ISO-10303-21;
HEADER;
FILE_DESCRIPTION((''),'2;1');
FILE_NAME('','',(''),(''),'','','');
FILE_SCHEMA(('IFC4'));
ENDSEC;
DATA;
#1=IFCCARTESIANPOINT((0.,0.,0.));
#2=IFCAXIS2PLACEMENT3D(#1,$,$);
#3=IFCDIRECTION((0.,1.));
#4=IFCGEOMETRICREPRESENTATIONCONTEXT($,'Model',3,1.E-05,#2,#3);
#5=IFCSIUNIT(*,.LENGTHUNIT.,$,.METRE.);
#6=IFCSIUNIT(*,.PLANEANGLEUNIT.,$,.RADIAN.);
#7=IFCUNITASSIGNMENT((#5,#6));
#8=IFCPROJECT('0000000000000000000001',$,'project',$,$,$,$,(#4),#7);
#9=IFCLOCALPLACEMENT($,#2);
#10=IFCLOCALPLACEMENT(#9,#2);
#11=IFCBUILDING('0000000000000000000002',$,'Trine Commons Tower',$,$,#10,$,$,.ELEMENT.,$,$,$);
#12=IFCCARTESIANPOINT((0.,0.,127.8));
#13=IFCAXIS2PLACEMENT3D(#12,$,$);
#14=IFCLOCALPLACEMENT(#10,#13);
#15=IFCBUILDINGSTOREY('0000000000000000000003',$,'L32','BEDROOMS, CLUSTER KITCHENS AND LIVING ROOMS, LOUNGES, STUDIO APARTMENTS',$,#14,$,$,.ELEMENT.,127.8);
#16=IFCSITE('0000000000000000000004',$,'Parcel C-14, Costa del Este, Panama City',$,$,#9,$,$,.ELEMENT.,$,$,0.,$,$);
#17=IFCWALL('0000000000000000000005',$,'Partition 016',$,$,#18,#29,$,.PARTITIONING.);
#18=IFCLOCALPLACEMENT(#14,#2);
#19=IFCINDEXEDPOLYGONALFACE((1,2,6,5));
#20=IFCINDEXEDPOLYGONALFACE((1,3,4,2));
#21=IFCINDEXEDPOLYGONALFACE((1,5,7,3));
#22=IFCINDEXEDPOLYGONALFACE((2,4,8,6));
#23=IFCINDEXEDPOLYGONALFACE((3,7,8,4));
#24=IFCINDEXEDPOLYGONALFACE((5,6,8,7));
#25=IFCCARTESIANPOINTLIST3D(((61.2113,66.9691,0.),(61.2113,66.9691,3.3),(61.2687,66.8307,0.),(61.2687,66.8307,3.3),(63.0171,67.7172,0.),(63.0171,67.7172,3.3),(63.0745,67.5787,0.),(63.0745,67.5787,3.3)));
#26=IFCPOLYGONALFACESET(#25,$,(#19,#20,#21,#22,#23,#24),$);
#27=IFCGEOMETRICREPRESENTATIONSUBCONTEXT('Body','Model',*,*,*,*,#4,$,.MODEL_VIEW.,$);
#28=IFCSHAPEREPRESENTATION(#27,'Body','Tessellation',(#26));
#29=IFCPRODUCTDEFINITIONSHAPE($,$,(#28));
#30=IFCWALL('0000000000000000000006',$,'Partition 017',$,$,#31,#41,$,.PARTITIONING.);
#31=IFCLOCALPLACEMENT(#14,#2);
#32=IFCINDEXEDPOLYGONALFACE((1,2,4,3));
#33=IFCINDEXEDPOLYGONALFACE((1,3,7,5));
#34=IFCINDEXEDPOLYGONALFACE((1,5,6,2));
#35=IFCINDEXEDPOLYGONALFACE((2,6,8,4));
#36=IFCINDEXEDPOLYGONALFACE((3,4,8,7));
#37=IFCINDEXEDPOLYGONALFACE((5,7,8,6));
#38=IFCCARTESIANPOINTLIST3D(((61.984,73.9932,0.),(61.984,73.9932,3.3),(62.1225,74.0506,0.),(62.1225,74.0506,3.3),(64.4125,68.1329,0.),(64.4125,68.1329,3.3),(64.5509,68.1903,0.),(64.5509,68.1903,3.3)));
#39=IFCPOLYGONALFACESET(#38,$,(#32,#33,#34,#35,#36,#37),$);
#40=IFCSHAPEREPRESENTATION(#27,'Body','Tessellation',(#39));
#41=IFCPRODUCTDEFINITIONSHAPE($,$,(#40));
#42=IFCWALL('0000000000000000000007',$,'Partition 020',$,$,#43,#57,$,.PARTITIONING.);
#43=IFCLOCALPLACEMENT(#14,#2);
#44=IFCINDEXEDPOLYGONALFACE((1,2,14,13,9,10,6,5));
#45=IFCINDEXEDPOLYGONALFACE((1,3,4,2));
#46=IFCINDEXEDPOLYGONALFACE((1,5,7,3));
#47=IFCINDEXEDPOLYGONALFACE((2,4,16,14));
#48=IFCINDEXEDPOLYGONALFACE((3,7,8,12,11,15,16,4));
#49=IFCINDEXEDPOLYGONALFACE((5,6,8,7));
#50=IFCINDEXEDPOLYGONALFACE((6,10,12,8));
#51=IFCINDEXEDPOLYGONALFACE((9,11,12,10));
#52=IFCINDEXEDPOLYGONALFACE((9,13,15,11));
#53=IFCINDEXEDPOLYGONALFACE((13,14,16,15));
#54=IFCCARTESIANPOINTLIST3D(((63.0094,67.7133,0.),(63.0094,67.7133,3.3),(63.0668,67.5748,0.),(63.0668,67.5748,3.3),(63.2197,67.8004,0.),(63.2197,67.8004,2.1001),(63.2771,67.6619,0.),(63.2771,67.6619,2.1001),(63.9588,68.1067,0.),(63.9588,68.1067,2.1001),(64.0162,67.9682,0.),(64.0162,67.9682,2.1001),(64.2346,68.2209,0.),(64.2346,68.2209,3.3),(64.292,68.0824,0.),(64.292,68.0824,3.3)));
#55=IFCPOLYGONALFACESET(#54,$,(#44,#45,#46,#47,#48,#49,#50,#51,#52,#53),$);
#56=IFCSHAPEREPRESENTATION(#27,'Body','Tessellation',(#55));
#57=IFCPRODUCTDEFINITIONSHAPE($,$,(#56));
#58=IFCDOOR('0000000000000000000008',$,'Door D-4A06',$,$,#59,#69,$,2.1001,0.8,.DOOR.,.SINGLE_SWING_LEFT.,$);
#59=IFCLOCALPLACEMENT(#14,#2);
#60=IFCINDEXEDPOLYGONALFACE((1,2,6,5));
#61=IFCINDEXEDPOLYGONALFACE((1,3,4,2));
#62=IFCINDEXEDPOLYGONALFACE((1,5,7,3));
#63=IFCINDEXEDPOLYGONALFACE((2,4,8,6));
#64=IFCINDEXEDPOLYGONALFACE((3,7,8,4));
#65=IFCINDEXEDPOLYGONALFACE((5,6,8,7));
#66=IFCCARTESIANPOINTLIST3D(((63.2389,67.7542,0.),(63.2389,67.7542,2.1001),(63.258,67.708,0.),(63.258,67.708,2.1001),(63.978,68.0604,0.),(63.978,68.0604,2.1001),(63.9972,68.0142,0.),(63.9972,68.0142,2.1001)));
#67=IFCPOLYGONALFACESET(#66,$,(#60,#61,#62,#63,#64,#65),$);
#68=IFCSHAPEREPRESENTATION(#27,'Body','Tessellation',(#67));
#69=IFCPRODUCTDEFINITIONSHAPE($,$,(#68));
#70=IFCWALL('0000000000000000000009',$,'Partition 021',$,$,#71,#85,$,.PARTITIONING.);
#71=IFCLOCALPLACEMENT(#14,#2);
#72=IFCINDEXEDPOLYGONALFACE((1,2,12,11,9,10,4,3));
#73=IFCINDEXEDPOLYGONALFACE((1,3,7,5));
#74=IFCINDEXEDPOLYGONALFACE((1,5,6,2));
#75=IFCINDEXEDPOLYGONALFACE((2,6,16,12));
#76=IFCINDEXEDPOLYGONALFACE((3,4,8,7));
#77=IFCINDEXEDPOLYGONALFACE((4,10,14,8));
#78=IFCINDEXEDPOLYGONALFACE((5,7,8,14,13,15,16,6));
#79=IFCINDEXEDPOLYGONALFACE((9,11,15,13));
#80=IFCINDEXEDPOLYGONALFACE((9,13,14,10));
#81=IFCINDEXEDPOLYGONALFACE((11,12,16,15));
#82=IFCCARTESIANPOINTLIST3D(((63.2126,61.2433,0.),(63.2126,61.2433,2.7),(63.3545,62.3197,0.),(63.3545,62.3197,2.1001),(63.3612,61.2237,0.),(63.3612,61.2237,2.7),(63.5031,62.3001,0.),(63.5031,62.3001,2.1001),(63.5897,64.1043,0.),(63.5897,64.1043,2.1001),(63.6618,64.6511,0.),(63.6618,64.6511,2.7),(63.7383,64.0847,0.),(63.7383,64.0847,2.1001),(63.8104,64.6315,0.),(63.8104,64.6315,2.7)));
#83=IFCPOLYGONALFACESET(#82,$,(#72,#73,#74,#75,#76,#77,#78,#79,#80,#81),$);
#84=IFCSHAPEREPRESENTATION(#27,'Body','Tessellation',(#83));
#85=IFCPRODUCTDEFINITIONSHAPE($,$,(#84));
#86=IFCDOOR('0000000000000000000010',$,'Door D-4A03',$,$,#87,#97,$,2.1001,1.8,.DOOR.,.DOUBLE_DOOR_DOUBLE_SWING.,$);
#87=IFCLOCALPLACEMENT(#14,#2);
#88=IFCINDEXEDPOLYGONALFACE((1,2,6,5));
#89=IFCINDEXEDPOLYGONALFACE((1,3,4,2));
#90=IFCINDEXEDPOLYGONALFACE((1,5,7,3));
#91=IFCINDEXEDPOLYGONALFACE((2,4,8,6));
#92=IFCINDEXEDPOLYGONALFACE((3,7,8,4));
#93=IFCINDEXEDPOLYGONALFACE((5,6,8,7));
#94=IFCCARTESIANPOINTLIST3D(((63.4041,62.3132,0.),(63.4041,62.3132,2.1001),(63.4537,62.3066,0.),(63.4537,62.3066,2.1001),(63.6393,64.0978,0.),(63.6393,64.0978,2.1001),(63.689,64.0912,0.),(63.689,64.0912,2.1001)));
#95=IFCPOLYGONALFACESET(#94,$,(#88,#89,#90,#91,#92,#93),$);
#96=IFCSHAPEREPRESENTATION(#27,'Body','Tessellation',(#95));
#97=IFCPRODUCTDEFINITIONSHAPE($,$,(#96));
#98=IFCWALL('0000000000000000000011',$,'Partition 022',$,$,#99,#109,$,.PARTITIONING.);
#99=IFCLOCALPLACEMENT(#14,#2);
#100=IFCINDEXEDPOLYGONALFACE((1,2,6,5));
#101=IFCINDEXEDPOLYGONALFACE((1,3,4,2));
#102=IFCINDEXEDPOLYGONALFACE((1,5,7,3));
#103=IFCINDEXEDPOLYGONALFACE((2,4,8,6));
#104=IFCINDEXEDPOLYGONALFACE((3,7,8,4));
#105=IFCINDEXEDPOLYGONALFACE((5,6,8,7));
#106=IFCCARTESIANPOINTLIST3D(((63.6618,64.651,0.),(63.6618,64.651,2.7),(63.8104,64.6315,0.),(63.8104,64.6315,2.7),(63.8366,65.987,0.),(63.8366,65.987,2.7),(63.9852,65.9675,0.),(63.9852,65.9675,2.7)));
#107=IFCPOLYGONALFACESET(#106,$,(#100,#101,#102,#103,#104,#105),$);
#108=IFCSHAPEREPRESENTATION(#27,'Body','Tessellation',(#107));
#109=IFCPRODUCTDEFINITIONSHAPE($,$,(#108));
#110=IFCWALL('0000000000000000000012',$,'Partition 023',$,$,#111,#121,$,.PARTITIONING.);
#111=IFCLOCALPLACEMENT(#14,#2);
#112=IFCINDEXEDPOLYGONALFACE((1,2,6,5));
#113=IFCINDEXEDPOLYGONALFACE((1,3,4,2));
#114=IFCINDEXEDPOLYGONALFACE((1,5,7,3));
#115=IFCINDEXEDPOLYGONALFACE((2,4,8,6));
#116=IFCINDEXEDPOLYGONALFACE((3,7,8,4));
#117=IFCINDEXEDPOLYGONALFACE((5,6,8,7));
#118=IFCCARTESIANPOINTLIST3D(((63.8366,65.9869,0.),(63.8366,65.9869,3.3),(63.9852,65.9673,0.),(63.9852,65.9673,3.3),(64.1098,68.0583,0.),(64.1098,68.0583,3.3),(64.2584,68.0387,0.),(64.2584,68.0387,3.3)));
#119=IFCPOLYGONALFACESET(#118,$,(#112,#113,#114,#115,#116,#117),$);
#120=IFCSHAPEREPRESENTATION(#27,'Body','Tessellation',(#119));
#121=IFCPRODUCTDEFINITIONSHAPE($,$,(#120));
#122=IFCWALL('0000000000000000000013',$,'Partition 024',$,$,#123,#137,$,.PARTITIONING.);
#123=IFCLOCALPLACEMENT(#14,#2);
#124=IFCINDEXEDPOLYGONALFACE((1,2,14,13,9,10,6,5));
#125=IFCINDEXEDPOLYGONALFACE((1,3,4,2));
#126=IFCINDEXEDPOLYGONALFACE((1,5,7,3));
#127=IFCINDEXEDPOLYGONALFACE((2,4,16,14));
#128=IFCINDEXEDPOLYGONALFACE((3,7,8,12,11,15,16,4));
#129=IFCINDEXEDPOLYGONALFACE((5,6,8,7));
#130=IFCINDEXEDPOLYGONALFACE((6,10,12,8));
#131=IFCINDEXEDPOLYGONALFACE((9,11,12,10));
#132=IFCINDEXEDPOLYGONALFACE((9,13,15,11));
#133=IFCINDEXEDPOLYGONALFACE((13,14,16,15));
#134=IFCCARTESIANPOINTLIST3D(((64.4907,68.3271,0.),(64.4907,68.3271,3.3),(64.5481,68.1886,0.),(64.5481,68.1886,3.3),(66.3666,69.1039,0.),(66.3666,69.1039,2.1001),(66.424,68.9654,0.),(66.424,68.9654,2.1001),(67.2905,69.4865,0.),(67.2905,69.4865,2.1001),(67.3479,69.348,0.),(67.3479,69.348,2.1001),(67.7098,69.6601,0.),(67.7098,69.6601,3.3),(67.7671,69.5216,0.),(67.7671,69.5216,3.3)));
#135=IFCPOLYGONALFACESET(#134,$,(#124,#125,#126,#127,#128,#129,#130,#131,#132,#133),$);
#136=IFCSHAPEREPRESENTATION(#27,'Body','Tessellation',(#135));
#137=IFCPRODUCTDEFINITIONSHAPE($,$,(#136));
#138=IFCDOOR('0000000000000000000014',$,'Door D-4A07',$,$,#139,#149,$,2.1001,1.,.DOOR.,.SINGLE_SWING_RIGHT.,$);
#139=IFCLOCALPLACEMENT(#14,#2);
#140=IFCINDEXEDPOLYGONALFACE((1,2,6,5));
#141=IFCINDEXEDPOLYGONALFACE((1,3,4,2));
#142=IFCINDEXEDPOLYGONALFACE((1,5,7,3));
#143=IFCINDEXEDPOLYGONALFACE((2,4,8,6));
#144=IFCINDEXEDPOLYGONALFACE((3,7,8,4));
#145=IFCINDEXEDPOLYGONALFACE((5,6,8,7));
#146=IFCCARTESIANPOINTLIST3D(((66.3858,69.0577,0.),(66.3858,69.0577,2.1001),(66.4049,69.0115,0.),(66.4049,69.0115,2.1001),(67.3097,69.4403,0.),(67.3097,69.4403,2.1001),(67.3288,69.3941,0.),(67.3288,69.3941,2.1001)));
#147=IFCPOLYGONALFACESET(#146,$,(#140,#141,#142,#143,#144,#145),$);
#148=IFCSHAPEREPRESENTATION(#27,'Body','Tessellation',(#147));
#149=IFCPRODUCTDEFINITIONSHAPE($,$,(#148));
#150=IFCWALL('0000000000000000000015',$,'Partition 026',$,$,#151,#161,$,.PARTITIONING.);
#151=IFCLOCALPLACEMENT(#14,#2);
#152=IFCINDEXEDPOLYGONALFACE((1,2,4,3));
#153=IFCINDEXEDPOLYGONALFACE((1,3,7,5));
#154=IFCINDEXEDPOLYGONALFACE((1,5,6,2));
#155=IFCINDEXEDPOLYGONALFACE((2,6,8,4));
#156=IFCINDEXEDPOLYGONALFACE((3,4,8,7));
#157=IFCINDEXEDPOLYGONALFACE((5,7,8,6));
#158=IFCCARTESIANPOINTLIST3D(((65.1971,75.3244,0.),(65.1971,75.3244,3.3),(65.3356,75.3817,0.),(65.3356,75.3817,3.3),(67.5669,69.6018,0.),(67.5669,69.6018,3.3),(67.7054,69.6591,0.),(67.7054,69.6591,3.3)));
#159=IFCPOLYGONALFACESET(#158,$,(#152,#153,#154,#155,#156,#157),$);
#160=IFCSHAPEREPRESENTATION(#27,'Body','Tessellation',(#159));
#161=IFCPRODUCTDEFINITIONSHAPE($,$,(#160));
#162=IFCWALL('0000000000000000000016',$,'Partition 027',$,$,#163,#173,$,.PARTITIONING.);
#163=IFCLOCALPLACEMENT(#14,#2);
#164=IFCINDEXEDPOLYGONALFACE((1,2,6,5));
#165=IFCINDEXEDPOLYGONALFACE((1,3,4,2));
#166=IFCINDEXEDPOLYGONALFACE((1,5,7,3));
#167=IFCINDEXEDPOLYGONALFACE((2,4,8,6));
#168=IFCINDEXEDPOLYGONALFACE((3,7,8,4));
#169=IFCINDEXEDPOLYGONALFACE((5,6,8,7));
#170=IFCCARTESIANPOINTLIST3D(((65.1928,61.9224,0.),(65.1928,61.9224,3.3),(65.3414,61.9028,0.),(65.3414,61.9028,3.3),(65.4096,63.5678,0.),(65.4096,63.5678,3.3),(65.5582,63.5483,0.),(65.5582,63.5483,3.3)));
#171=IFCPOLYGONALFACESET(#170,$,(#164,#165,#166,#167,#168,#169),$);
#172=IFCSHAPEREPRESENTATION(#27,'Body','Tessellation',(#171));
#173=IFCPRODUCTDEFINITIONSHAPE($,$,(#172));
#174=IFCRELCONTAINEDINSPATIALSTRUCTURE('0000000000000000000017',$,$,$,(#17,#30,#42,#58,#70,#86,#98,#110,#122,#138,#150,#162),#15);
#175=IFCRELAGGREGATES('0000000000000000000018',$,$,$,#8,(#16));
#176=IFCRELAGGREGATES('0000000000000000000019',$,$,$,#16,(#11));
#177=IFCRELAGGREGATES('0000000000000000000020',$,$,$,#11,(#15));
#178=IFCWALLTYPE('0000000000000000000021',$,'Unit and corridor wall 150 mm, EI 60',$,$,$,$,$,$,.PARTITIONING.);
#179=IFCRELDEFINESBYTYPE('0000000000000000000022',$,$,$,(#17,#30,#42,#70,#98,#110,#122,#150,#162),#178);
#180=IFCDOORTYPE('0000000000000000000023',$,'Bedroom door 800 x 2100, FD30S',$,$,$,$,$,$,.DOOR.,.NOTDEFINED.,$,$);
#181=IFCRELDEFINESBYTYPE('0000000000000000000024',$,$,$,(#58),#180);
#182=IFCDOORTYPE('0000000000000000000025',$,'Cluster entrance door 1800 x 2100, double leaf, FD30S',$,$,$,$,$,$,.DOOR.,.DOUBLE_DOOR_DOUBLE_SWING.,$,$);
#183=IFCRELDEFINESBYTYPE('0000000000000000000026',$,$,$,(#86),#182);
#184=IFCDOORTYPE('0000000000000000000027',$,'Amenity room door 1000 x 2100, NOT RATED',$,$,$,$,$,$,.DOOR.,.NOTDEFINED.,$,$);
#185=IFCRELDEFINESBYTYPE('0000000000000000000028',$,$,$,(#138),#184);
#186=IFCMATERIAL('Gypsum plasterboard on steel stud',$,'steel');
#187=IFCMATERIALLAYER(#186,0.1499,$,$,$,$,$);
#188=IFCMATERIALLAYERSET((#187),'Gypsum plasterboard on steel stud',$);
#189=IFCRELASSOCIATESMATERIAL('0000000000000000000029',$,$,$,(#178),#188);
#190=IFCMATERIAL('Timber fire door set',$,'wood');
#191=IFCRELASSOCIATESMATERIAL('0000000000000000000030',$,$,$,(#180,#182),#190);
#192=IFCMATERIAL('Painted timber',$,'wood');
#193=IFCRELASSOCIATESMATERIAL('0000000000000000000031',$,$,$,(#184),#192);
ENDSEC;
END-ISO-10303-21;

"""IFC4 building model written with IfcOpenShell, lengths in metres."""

from ifc_helpers import new_model, si_unit, direction, frame, frame_2d, origin, place, context, subcontext, project, spatial, rectangle, extrude, material, layer, layer_set, type_object, element, fill, save


model = new_model("IFC4")

# Units and contexts
model_context = context("Model", 3, precision=1e-05, world=origin(), true_north=direction((0.0, 1.0)))
body_context = subcontext(model_context, "Body", "Model", "MODEL_VIEW")
ifc_project = project(units=[si_unit("LENGTHUNIT", "METRE"), si_unit("PLANEANGLEUNIT", "RADIAN")], contexts=[model_context])

# Site, building, storey
site_placement = place(None, origin())
site = spatial("IfcSite", under=ifc_project, at=site_placement, Name="Parcel C-14, Costa del Este, Panama City", CompositionType="ELEMENT", RefElevation=0.0)
building_placement = place(site_placement, origin())
building = spatial("IfcBuilding", under=site, at=building_placement, Name="Trine Commons Tower", CompositionType="ELEMENT")
storey_placement = place(building_placement, frame((0.0, 0.0, 127.8)))
storey = spatial("IfcBuildingStorey", under=building, at=storey_placement, Name="L32", Description="BEDROOMS, CLUSTER KITCHENS AND LIVING ROOMS, LOUNGES, STUDIO APARTMENTS", CompositionType="ELEMENT", Elevation=127.8)

# Shared definitions
ifc_material_1 = material(Name="Gypsum plasterboard on steel stud", Category="steel")
ifc_layer_1 = layer(ifc_material_1, 0.1499)
ifc_layer_set_1 = layer_set([ifc_layer_1], Name="Gypsum plasterboard on steel stud")
wall_type_1 = type_object("IfcWallType", Name="Unit and corridor wall 150 mm, EI 60", PredefinedType="PARTITIONING", material=ifc_layer_set_1)
ifc_material_2 = material(Name="Timber fire door set", Category="wood")

# Walls
wall_1_placement = place(storey_placement, frame((61.24, 66.8999, 0.0), z_axis=(0.0, 0.0, 1.0), x_axis=(0.923877, 0.38269, 0.0)))
element("IfcWall", 1, at=wall_1_placement, inside=storey, type_object=wall_type_1, Name="Partition 016", PredefinedType="PARTITIONING", context=body_context, shape_type="SweptSolid", body=[
    extrude(rectangle(XDim=1.9546, YDim=0.1499, at=frame_2d((0.9773, 0.0))), origin(), (0.0, 0.0, 1.0), 3.3),
])
wall_2_placement = place(storey_placement, frame((62.0532, 74.022, 0.0), z_axis=(0.0, 0.0, 1.0), x_axis=(0.382822, -0.923822, 0.0)))
element("IfcWall", 2, at=wall_2_placement, inside=storey, type_object=wall_type_1, Name="Partition 017", PredefinedType="PARTITIONING", context=body_context, shape_type="SweptSolid", body=[
    extrude(rectangle(XDim=6.3435, YDim=0.1499, at=frame_2d((3.1719, 0.0))), origin(), (0.0, 0.0, 1.0), 3.3),
])

# Walls, openings, doors
wall_3_placement = place(storey_placement, frame((63.0381, 67.644, 0.0), z_axis=(0.0, 0.0, 1.0), x_axis=(0.923849, 0.382758, 0.0)))
wall_3 = element("IfcWall", 3, at=wall_3_placement, inside=storey, type_object=wall_type_1, Name="Partition 020", PredefinedType="PARTITIONING", context=body_context, shape_type="SweptSolid", body=[
    extrude(rectangle(XDim=1.3262, YDim=0.1499, at=frame_2d((0.6631, 0.0))), origin(), (0.0, 0.0, 1.0), 3.3),
])
opening_1_placement = place(wall_3_placement, frame((0.2278, 0.0, 0.0)))
opening_1 = element("IfcOpeningElement", 4, at=opening_1_placement, cuts=wall_3, PredefinedType="OPENING", context=body_context, shape_type="SweptSolid", body=[
    extrude(rectangle(XDim=0.8, YDim=2.1001, at=frame_2d((0.3999, 1.05))), frame((0.0, 0.085, 0.0), z_axis=(0.0, -1.0, 0.0), x_axis=(1.0, 0.0, 0.0)), (0.0, 0.0, 1.0), 0.1699),
])
door_type_1 = type_object("IfcDoorType", Name="Bedroom door 800 x 2100, FD30S", OperationType="NOTDEFINED", PredefinedType="DOOR", material=ifc_material_2)
door_1_placement = place(opening_1_placement, origin())
door_1 = element("IfcDoor", 5, at=door_1_placement, inside=storey, type_object=door_type_1, Name="Door D-4A06", OperationType="SINGLE_SWING_LEFT", OverallHeight=2.1001, OverallWidth=0.8, PredefinedType="DOOR", context=body_context, shape_type="SweptSolid", body=[
    extrude(rectangle(XDim=0.8, YDim=2.1001, at=frame_2d((0.3999, 1.05))), frame((0.0, 0.0249, 0.0), z_axis=(0.0, -1.0, 0.0), x_axis=(1.0, 0.0, 0.0)), (0.0, 0.0, 1.0), 0.05),
])
fill(opening_1, door_1)
wall_4_placement = place(storey_placement, frame((63.2869, 61.2334, 0.0), z_axis=(0.0, 0.0, 1.0), x_axis=(0.130693, 0.991423, 0.0)))
wall_4 = element("IfcWall", 6, at=wall_4_placement, inside=storey, type_object=wall_type_1, Name="Partition 021", PredefinedType="PARTITIONING", context=body_context, shape_type="SweptSolid", body=[
    extrude(rectangle(XDim=3.4373, YDim=0.1499, at=frame_2d((1.7188, 0.0))), origin(), (0.0, 0.0, 1.0), 2.7),
])
opening_2_placement = place(wall_4_placement, frame((1.0859, 0.0, 0.0)))
opening_2 = element("IfcOpeningElement", 7, at=opening_2_placement, cuts=wall_4, PredefinedType="OPENING", context=body_context, shape_type="SweptSolid", body=[
    extrude(rectangle(XDim=1.8, YDim=2.1001, at=frame_2d((0.8999, 1.05))), frame((0.0, 0.085, 0.0), z_axis=(0.0, -1.0, 0.0), x_axis=(1.0, 0.0, 0.0)), (0.0, 0.0, 1.0), 0.1699),
])
door_type_2 = type_object("IfcDoorType", Name="Cluster entrance door 1800 x 2100, double leaf, FD30S", OperationType="DOUBLE_DOOR_DOUBLE_SWING", PredefinedType="DOOR", material=ifc_material_2)
door_2_placement = place(opening_2_placement, origin())
door_2 = element("IfcDoor", 8, at=door_2_placement, inside=storey, type_object=door_type_2, Name="Door D-4A03", OperationType="DOUBLE_DOOR_DOUBLE_SWING", OverallHeight=2.1001, OverallWidth=1.8, PredefinedType="DOOR", context=body_context, shape_type="SweptSolid", body=[
    extrude(rectangle(XDim=1.8, YDim=2.1001, at=frame_2d((0.8999, 1.05))), frame((0.0, 0.0249, 0.0), z_axis=(0.0, -1.0, 0.0), x_axis=(1.0, 0.0, 0.0)), (0.0, 0.0, 1.0), 0.05),
])
fill(opening_2, door_2)

# Walls
wall_5_placement = place(storey_placement, frame((63.7361, 64.6411, 0.0), z_axis=(0.0, 0.0, 1.0), x_axis=(0.129742, 0.991548, 0.0)))
element("IfcWall", 9, at=wall_5_placement, inside=storey, type_object=wall_type_1, Name="Partition 022", PredefinedType="PARTITIONING", context=body_context, shape_type="SweptSolid", body=[
    extrude(rectangle(XDim=1.3474, YDim=0.1499, at=frame_2d((0.6738, 0.0))), origin(), (0.0, 0.0, 1.0), 2.7),
])
wall_6_placement = place(storey_placement, frame((63.9109, 65.9771, 0.0), z_axis=(0.0, 0.0, 1.0), x_axis=(0.130748, 0.991416, 0.0)))
element("IfcWall", 10, at=wall_6_placement, inside=storey, type_object=wall_type_1, Name="Partition 023", PredefinedType="PARTITIONING", context=body_context, shape_type="SweptSolid", body=[
    extrude(rectangle(XDim=2.0894, YDim=0.1499, at=frame_2d((1.0447, 0.0))), origin(), (0.0, 0.0, 1.0), 3.3),
])

# Wall, opening, door
wall_7_placement = place(storey_placement, frame((64.5193, 68.2578, 0.0), z_axis=(0.0, 0.0, 1.0), x_axis=(0.923914, 0.382599, 0.0)))
wall_7 = element("IfcWall", 11, at=wall_7_placement, inside=storey, type_object=wall_type_1, Name="Partition 024", PredefinedType="PARTITIONING", context=body_context, shape_type="SweptSolid", body=[
    extrude(rectangle(XDim=3.4841, YDim=0.1499, at=frame_2d((1.7422, 0.0))), origin(), (0.0, 0.0, 1.0), 3.3),
])
opening_3_placement = place(wall_7_placement, frame((2.0305, 0.0, 0.0)))
opening_3 = element("IfcOpeningElement", 12, at=opening_3_placement, cuts=wall_7, PredefinedType="OPENING", context=body_context, shape_type="SweptSolid", body=[
    extrude(rectangle(XDim=1.0, YDim=2.1001, at=frame_2d((0.5, 1.05))), frame((0.0, 0.085, 0.0), z_axis=(0.0, -1.0, 0.0), x_axis=(1.0, 0.0, 0.0)), (0.0, 0.0, 1.0), 0.1699),
])
ifc_material_3 = material(Name="Painted timber", Category="wood")
door_type_3 = type_object("IfcDoorType", Name="Amenity room door 1000 x 2100, NOT RATED", OperationType="NOTDEFINED", PredefinedType="DOOR", material=ifc_material_3)
door_3_placement = place(opening_3_placement, origin())
door_3 = element("IfcDoor", 13, at=door_3_placement, inside=storey, type_object=door_type_3, Name="Door D-4A07", OperationType="SINGLE_SWING_RIGHT", OverallHeight=2.1001, OverallWidth=1.0, PredefinedType="DOOR", context=body_context, shape_type="SweptSolid", body=[
    extrude(rectangle(XDim=1.0, YDim=2.1001, at=frame_2d((0.5, 1.05))), frame((0.0, 0.0249, 0.0), z_axis=(0.0, -1.0, 0.0), x_axis=(1.0, 0.0, 0.0)), (0.0, 0.0, 1.0), 0.05),
])
fill(opening_3, door_3)

# Walls
wall_8_placement = place(storey_placement, frame((65.2664, 75.353, 0.0), z_axis=(0.0, 0.0, 1.0), x_axis=(0.382611, -0.92391, 0.0)))
element("IfcWall", 14, at=wall_8_placement, inside=storey, type_object=wall_type_1, Name="Partition 026", PredefinedType="PARTITIONING", context=body_context, shape_type="SweptSolid", body=[
    extrude(rectangle(XDim=6.1938, YDim=0.1499, at=frame_2d((3.0969, 0.0))), origin(), (0.0, 0.0, 1.0), 3.3),
])
wall_9_placement = place(storey_placement, frame((65.2671, 61.9126, 0.0), z_axis=(0.0, 0.0, 1.0), x_axis=(0.130622, 0.991432, 0.0)))
element("IfcWall", 15, at=wall_9_placement, inside=storey, type_object=wall_type_1, Name="Partition 027", PredefinedType="PARTITIONING", context=body_context, shape_type="SweptSolid", body=[
    extrude(rectangle(XDim=1.6597, YDim=0.1499, at=frame_2d((0.8298, 0.0))), origin(), (0.0, 0.0, 1.0), 3.3),
])

save(model, "model.ifc")
